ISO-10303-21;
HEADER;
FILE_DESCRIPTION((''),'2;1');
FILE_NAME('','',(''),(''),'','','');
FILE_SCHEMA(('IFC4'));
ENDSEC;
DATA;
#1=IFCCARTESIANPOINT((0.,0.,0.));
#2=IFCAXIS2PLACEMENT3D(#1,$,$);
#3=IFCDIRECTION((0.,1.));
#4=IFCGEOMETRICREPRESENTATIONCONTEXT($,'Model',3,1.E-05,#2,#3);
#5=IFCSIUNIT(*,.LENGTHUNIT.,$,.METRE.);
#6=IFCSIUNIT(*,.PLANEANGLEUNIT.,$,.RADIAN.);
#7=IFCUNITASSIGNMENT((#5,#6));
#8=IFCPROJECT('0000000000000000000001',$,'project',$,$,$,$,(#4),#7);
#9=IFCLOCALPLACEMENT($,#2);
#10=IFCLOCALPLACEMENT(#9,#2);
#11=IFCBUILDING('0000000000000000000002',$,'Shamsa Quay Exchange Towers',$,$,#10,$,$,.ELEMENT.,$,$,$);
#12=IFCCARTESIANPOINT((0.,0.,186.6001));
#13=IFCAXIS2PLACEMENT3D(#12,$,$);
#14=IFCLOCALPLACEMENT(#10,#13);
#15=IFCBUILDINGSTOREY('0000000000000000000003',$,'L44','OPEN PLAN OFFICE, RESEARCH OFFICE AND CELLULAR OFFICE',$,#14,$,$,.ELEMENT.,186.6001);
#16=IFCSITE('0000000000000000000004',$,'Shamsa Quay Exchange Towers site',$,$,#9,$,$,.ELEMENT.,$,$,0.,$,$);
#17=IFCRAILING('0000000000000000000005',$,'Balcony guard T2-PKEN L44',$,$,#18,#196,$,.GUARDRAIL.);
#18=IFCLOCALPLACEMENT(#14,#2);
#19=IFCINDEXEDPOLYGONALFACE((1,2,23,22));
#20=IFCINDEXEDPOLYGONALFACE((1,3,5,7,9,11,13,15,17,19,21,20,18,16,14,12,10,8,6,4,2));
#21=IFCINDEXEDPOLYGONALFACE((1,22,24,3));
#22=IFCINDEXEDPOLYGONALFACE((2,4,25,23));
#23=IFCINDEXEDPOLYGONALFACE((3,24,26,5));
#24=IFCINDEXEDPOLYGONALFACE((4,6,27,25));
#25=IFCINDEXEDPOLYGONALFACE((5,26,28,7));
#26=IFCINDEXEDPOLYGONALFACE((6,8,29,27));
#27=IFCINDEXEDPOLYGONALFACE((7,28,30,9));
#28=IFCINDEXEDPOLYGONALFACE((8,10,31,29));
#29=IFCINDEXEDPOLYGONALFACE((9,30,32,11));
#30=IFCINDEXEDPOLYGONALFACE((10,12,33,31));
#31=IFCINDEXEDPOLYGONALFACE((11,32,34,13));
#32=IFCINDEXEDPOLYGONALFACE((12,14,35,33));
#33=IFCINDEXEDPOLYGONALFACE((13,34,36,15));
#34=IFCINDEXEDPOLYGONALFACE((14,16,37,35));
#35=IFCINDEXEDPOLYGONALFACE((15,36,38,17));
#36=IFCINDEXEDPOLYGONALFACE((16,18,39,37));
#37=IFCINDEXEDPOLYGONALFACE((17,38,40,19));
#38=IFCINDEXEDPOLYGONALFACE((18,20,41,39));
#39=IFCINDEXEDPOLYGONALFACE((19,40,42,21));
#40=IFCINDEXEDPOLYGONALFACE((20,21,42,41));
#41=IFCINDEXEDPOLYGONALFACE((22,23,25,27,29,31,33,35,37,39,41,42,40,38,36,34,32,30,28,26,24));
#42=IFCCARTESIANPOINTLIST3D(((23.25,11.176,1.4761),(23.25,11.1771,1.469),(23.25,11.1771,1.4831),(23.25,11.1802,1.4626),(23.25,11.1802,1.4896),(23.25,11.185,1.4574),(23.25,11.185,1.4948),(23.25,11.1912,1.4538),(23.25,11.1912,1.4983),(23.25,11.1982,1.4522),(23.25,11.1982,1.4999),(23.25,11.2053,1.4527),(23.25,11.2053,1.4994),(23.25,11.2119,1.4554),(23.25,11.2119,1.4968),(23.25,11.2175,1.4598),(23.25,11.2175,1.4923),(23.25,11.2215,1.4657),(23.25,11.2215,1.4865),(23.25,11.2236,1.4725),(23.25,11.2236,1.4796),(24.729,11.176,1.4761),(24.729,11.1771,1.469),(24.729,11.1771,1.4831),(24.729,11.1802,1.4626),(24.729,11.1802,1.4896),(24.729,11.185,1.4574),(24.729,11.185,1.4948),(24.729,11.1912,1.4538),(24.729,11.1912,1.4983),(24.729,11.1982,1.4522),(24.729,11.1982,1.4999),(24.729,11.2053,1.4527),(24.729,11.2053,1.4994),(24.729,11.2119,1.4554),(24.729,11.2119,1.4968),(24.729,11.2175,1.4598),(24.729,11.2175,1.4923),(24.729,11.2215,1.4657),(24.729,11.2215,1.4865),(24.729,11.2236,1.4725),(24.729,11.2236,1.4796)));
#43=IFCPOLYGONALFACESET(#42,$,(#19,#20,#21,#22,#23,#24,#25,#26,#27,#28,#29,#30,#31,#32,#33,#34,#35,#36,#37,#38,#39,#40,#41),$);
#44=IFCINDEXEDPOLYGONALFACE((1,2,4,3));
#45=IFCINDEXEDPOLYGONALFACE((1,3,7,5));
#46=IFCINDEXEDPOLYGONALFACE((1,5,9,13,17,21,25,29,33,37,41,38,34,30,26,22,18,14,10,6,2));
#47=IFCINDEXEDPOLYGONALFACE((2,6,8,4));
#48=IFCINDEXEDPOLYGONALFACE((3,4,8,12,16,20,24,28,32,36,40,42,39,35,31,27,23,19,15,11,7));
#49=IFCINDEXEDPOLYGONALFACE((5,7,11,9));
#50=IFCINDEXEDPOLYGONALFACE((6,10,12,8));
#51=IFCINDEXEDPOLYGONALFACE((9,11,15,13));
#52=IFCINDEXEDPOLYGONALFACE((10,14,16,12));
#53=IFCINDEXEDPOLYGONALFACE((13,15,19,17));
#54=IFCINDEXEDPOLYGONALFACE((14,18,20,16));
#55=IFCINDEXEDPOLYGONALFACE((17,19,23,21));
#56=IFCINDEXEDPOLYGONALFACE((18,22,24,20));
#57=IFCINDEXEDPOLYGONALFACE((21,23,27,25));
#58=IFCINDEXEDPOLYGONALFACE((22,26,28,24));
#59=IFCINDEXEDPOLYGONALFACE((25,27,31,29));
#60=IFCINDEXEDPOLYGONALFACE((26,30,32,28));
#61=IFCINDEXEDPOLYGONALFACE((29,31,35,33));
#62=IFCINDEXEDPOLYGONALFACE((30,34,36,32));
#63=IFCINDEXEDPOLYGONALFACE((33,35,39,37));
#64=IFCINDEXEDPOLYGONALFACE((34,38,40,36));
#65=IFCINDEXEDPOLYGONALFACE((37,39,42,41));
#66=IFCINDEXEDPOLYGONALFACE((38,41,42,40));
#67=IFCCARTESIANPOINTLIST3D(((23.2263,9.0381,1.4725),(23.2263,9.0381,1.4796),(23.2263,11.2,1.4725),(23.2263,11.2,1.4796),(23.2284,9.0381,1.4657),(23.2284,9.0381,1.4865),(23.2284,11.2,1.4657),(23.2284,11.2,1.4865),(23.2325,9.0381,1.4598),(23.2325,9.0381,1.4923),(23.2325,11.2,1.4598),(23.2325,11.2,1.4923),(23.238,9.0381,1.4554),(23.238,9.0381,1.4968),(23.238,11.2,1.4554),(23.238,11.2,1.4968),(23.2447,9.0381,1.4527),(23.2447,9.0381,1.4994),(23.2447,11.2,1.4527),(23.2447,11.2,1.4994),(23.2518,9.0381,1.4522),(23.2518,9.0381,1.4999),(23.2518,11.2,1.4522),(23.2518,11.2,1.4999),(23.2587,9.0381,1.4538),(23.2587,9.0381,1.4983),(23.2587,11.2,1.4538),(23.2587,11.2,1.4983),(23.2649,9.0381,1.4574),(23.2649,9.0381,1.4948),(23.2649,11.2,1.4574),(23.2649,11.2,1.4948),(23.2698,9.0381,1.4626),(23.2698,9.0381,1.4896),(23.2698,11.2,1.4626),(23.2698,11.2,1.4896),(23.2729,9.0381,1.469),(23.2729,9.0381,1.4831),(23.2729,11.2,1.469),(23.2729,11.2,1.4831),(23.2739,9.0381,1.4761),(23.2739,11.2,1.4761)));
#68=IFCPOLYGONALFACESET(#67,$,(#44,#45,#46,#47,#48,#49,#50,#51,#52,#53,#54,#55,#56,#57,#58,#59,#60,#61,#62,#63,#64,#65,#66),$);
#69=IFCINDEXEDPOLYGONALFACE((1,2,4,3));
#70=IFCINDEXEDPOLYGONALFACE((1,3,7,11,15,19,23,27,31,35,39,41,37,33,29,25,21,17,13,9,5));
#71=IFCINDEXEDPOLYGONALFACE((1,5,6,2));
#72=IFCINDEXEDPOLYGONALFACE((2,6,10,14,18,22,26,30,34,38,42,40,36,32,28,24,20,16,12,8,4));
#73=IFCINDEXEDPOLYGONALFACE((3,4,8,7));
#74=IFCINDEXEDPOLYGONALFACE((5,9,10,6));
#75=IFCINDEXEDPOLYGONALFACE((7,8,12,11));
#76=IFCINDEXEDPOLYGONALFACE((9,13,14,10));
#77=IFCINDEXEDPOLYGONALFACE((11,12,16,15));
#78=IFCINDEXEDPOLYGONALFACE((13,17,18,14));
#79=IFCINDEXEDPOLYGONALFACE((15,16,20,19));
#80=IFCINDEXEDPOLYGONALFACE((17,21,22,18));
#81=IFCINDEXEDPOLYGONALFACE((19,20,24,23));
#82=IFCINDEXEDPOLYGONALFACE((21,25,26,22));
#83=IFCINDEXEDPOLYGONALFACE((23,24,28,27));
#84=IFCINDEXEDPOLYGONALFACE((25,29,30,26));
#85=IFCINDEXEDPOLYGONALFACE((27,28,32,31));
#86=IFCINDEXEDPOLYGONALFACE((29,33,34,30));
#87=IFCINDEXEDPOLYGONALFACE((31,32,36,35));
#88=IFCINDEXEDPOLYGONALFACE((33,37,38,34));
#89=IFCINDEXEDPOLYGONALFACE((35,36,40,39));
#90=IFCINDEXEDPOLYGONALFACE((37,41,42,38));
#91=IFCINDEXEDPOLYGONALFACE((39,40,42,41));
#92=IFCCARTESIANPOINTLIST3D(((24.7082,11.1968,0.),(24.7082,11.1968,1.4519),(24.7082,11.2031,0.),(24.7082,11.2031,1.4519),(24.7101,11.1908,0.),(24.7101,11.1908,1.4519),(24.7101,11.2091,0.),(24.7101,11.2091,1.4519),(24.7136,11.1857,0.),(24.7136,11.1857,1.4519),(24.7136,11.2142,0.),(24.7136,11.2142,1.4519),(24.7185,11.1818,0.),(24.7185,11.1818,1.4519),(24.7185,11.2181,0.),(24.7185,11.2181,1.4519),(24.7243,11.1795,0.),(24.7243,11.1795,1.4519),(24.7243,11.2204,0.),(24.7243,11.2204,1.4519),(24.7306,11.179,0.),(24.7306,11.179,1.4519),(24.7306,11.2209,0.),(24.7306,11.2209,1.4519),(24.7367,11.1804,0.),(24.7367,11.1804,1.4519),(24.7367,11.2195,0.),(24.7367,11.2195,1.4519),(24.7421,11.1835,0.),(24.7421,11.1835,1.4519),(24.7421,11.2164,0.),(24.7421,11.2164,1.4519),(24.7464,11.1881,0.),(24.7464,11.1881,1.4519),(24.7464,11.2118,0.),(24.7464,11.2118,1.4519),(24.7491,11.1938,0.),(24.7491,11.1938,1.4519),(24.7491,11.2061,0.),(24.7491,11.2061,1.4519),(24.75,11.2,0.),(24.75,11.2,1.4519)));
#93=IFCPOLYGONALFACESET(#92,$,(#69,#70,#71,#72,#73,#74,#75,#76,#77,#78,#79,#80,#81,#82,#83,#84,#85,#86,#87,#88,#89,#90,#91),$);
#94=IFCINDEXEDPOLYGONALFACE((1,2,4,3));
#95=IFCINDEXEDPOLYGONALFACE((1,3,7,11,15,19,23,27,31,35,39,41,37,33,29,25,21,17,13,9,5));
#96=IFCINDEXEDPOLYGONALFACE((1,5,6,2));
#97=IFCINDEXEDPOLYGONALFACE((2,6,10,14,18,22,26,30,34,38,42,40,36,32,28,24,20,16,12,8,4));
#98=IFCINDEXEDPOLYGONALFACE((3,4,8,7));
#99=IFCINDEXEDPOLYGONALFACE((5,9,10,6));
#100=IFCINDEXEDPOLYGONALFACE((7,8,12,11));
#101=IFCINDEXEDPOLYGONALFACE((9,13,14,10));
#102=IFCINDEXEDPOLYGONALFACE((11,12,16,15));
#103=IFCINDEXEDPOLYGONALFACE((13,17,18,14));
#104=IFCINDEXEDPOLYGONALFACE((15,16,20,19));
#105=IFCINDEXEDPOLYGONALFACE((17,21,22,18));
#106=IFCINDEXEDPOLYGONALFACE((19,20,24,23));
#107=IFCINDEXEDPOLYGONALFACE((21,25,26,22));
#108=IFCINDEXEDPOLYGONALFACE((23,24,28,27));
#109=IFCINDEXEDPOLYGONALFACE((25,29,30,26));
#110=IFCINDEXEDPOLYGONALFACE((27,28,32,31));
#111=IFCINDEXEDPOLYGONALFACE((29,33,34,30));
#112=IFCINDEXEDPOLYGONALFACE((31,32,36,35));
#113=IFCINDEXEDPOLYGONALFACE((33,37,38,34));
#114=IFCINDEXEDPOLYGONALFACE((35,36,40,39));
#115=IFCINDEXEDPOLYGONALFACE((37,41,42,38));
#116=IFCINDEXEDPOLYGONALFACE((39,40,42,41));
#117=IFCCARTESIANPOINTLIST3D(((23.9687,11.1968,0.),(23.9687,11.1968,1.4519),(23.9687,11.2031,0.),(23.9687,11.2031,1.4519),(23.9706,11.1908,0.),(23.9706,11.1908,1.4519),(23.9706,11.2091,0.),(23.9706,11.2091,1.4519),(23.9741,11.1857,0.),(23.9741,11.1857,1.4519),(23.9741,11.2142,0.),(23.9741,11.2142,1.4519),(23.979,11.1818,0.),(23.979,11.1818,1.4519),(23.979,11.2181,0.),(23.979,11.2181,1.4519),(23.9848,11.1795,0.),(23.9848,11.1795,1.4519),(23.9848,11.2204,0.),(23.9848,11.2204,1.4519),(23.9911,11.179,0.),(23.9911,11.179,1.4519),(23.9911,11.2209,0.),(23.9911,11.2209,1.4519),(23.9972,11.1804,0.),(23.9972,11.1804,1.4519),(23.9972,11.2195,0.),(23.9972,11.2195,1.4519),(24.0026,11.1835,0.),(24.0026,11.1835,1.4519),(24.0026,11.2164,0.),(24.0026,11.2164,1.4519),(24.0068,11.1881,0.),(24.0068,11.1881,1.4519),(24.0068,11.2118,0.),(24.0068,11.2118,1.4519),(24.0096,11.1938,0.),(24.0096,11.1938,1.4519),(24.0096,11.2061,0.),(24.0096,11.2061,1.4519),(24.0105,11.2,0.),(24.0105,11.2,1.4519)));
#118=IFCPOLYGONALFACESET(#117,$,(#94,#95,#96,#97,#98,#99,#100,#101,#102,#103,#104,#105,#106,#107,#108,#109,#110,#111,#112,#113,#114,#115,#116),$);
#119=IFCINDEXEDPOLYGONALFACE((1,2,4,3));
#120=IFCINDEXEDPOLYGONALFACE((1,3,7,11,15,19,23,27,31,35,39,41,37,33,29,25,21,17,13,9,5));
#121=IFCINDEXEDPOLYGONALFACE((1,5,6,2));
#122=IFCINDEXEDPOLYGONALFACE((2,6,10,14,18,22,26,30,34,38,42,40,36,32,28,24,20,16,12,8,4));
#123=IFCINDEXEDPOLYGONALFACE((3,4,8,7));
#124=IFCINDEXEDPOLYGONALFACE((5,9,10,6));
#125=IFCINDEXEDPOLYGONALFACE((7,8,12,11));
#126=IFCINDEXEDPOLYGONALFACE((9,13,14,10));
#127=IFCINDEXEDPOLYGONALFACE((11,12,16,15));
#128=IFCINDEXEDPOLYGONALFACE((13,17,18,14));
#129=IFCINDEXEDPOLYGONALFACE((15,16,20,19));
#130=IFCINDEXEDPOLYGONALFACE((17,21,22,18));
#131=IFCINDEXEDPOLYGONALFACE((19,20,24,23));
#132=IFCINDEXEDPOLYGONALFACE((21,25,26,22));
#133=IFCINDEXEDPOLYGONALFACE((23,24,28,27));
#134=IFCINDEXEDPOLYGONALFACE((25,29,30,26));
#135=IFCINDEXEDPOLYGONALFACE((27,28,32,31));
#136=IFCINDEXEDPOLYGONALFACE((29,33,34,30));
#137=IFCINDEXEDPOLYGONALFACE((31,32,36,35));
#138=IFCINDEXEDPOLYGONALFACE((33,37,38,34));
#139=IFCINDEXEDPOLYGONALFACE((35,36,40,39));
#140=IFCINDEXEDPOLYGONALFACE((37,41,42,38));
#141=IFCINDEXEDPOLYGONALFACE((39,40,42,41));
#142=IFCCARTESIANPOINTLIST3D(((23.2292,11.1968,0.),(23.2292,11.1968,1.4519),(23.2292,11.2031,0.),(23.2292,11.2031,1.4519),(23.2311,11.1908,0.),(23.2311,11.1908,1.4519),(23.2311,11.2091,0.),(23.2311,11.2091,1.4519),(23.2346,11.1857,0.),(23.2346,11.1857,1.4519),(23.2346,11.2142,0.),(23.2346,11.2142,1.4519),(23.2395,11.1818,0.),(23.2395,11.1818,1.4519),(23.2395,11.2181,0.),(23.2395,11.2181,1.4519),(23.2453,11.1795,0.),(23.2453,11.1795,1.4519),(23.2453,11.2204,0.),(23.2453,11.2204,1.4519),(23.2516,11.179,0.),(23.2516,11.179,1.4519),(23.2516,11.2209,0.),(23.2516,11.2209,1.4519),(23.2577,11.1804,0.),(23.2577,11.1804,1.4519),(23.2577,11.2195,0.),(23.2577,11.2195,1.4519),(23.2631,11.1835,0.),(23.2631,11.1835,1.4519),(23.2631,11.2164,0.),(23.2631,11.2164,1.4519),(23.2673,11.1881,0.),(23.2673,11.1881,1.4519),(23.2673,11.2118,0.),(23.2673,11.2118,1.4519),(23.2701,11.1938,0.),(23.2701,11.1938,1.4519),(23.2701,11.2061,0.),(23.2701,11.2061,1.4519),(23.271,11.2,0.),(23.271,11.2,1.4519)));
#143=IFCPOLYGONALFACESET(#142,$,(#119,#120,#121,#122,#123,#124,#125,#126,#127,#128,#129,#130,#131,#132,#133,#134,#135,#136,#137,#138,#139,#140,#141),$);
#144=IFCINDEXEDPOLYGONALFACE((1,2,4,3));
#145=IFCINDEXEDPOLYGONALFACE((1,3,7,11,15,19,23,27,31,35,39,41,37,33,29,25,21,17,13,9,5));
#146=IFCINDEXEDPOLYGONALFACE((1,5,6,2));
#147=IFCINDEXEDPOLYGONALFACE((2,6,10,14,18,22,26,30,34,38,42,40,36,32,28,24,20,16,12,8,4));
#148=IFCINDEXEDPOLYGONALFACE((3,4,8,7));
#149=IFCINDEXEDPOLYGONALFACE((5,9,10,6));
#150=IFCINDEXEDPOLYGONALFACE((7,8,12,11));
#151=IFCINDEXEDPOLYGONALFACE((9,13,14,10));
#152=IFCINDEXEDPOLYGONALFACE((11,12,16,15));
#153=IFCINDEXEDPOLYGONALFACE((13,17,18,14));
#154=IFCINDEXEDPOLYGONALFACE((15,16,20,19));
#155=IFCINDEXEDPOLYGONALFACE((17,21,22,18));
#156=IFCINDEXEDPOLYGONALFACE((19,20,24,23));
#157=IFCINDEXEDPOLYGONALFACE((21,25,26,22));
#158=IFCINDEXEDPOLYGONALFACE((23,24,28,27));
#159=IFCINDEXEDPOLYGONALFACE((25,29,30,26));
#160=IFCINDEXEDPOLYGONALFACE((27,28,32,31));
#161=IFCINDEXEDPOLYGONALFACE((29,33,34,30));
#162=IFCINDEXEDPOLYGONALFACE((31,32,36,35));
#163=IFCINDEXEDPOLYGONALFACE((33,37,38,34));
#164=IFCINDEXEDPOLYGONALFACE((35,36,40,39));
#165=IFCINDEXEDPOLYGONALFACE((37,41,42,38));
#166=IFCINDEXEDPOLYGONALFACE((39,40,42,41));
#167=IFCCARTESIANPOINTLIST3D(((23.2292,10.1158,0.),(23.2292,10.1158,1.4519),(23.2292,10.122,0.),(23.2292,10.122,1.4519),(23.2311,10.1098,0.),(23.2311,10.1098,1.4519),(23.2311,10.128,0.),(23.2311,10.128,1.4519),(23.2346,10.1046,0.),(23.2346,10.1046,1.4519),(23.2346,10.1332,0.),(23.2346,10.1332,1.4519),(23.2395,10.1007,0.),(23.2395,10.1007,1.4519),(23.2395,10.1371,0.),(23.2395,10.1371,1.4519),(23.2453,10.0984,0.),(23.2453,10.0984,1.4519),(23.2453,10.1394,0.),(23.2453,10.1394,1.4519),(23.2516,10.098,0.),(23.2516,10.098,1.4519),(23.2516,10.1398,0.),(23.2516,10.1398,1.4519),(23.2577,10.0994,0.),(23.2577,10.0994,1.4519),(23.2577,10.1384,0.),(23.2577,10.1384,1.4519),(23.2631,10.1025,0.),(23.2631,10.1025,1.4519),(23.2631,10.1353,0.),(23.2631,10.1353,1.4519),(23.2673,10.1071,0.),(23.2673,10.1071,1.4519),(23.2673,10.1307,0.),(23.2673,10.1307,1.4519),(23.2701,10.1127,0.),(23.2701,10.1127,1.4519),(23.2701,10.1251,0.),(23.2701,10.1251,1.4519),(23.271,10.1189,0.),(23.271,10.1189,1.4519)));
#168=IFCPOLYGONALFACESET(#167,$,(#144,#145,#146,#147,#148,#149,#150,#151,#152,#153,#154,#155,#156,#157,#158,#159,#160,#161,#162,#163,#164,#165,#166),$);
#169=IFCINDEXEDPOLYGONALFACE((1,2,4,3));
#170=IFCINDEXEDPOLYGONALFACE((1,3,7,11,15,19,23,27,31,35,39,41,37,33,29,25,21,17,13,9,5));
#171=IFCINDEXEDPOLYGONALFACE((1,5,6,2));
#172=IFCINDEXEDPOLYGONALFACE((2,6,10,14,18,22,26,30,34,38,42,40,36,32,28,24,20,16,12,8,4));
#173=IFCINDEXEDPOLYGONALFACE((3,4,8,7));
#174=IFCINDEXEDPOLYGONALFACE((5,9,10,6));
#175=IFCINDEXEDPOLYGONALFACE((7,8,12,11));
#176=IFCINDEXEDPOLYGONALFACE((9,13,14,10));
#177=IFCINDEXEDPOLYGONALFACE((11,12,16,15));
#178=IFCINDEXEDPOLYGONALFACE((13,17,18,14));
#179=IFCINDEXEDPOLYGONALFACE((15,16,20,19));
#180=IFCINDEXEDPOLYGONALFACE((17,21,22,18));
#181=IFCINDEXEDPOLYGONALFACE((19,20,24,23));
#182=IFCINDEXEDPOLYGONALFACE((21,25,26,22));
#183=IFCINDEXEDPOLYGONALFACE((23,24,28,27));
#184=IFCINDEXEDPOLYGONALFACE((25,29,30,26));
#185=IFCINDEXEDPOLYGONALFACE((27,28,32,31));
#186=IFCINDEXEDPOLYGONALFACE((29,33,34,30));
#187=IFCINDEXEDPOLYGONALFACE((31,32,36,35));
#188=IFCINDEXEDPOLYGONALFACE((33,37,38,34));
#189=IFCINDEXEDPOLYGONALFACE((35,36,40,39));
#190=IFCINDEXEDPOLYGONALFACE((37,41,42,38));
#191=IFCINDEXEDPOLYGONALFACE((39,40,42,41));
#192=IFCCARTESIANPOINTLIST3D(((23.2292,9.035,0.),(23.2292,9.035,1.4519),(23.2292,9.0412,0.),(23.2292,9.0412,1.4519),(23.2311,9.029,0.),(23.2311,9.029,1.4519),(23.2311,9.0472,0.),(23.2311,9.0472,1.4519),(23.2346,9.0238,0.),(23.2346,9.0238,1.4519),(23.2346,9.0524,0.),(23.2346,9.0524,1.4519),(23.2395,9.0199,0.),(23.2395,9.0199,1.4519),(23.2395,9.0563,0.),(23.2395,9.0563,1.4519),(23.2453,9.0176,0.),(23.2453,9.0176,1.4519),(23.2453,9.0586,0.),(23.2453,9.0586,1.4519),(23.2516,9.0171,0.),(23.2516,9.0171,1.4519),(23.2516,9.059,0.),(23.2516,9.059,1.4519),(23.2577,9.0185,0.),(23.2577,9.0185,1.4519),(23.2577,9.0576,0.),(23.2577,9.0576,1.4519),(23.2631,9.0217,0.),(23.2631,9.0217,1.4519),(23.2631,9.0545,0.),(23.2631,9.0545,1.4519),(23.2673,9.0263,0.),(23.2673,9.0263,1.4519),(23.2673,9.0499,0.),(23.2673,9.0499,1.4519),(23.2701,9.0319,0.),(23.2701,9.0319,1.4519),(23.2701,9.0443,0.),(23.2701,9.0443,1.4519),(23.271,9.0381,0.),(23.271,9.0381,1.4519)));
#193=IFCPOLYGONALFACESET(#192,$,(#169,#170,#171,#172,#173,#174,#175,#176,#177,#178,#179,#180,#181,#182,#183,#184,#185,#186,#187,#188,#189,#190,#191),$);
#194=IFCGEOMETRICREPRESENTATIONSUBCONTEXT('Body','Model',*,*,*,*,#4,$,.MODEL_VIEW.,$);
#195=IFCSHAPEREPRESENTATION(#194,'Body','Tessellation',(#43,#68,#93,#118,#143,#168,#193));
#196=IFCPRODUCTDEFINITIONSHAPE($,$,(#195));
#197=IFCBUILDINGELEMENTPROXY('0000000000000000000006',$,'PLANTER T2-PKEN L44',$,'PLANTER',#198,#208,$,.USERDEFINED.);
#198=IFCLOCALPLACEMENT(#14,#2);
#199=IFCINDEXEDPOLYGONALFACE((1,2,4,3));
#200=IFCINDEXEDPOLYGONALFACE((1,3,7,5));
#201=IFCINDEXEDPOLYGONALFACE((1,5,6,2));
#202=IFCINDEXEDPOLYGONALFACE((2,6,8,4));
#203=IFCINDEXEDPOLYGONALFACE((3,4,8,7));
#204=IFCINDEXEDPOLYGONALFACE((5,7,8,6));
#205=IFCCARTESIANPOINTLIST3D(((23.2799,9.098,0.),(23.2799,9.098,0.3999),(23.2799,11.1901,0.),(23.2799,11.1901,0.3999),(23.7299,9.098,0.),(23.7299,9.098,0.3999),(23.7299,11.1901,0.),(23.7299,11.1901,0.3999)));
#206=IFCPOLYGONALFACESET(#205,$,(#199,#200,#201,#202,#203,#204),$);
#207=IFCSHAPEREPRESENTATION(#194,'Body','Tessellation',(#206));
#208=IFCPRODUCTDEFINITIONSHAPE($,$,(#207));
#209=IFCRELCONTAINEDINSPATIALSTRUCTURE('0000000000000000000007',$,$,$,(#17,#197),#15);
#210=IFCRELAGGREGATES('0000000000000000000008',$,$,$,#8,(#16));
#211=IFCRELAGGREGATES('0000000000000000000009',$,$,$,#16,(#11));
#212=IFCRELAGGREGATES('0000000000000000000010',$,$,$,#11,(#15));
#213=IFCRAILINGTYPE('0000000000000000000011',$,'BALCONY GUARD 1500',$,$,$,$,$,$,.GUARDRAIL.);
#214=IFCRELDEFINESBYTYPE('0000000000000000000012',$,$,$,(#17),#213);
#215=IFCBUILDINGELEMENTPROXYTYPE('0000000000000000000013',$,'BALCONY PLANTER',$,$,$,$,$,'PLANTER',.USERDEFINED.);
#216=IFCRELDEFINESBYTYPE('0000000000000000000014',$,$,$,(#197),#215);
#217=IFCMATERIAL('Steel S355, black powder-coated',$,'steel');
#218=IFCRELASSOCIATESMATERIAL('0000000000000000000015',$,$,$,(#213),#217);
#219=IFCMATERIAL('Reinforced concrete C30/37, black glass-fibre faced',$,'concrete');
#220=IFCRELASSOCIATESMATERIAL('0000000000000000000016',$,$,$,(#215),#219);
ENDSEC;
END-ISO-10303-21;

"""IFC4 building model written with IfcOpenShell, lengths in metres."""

from ifc_helpers import new_model, si_unit, direction, frame, origin, origin_2d, place, context, subcontext, project, spatial, rectangle, circle, extrude, material, type_object, element, save


model = new_model("IFC4")

# Units and contexts
model_context = context("Model", 3, precision=1e-05, world=origin(), true_north=direction((0.0, 1.0)))
body_context = subcontext(model_context, "Body", "Model", "MODEL_VIEW")
ifc_project = project(units=[si_unit("LENGTHUNIT", "METRE"), si_unit("PLANEANGLEUNIT", "RADIAN")], contexts=[model_context])

# Site, building, storey
site_placement = place(None, origin())
site = spatial("IfcSite", under=ifc_project, at=site_placement, Name="Shamsa Quay Exchange Towers site", CompositionType="ELEMENT", RefElevation=0.0)
building_placement = place(site_placement, origin())
building = spatial("IfcBuilding", under=site, at=building_placement, Name="Shamsa Quay Exchange Towers", CompositionType="ELEMENT")
storey_placement = place(building_placement, frame((0.0, 0.0, 186.6001)))
storey = spatial("IfcBuildingStorey", under=building, at=storey_placement, Name="L44", Description="OPEN PLAN OFFICE, RESEARCH OFFICE AND CELLULAR OFFICE", CompositionType="ELEMENT", Elevation=186.6001)

# Railing
ifc_material_1 = material(Name="Steel S355, black powder-coated", Category="steel")
railing_type = type_object("IfcRailingType", Name="BALCONY GUARD 1500", PredefinedType="GUARDRAIL", material=ifc_material_1)
railing_placement = place(storey_placement, frame((24.729, 11.2, 0.0)))
element("IfcRailing", 1, at=railing_placement, inside=storey, type_object=railing_type, Name="Balcony guard T2-PKEN L44", PredefinedType="GUARDRAIL", context=body_context, shape_type="SweptSolid", body=[
    extrude(circle(Radius=0.0239, at=origin_2d()), frame((0.0, 0.0, 1.4761), z_axis=(-1.0, 0.0, 0.0), x_axis=(0.0, -1.0, 0.0)), (0.0, 0.0, 1.0), 1.479),
    extrude(circle(Radius=0.0239, at=origin_2d()), frame((-1.479, 0.0, 1.4761), z_axis=(0.0, -1.0, 0.0), x_axis=(1.0, 0.0, 0.0)), (0.0, 0.0, 1.0), 2.1619),
    extrude(circle(Radius=0.021, at=origin_2d()), origin(), (0.0, 0.0, 1.0), 1.4519),
    extrude(circle(Radius=0.021, at=origin_2d()), frame((-0.7395, 0.0, 0.0)), (0.0, 0.0, 1.0), 1.4519),
    extrude(circle(Radius=0.021, at=origin_2d()), frame((-1.479, 0.0, 0.0)), (0.0, 0.0, 1.0), 1.4519),
    extrude(circle(Radius=0.021, at=origin_2d()), frame((-1.479, -1.0811, 0.0)), (0.0, 0.0, 1.0), 1.4519),
    extrude(circle(Radius=0.021, at=origin_2d()), frame((-1.479, -2.1619, 0.0)), (0.0, 0.0, 1.0), 1.4519),
])

# Building element proxy
ifc_material_2 = material(Name="Reinforced concrete C30/37, black glass-fibre faced", Category="concrete")
building_element_proxy_type = type_object("IfcBuildingElementProxyType", Name="BALCONY PLANTER", ElementType="PLANTER", PredefinedType="USERDEFINED", material=ifc_material_2)
proxy_placement = place(storey_placement, frame((23.5049, 10.144, 0.0), z_axis=(0.0, 0.0, 1.0), x_axis=(0.0, -1.0, 0.0)))
element("IfcBuildingElementProxy", 2, at=proxy_placement, inside=storey, type_object=building_element_proxy_type, Name="PLANTER T2-PKEN L44", ObjectType="PLANTER", PredefinedType="USERDEFINED", context=body_context, shape_type="SweptSolid", body=[
    extrude(rectangle(XDim=2.092, YDim=0.45, at=origin_2d()), origin(), (0.0, 0.0, 1.0), 0.3999),
])

save(model, "model.ifc")
